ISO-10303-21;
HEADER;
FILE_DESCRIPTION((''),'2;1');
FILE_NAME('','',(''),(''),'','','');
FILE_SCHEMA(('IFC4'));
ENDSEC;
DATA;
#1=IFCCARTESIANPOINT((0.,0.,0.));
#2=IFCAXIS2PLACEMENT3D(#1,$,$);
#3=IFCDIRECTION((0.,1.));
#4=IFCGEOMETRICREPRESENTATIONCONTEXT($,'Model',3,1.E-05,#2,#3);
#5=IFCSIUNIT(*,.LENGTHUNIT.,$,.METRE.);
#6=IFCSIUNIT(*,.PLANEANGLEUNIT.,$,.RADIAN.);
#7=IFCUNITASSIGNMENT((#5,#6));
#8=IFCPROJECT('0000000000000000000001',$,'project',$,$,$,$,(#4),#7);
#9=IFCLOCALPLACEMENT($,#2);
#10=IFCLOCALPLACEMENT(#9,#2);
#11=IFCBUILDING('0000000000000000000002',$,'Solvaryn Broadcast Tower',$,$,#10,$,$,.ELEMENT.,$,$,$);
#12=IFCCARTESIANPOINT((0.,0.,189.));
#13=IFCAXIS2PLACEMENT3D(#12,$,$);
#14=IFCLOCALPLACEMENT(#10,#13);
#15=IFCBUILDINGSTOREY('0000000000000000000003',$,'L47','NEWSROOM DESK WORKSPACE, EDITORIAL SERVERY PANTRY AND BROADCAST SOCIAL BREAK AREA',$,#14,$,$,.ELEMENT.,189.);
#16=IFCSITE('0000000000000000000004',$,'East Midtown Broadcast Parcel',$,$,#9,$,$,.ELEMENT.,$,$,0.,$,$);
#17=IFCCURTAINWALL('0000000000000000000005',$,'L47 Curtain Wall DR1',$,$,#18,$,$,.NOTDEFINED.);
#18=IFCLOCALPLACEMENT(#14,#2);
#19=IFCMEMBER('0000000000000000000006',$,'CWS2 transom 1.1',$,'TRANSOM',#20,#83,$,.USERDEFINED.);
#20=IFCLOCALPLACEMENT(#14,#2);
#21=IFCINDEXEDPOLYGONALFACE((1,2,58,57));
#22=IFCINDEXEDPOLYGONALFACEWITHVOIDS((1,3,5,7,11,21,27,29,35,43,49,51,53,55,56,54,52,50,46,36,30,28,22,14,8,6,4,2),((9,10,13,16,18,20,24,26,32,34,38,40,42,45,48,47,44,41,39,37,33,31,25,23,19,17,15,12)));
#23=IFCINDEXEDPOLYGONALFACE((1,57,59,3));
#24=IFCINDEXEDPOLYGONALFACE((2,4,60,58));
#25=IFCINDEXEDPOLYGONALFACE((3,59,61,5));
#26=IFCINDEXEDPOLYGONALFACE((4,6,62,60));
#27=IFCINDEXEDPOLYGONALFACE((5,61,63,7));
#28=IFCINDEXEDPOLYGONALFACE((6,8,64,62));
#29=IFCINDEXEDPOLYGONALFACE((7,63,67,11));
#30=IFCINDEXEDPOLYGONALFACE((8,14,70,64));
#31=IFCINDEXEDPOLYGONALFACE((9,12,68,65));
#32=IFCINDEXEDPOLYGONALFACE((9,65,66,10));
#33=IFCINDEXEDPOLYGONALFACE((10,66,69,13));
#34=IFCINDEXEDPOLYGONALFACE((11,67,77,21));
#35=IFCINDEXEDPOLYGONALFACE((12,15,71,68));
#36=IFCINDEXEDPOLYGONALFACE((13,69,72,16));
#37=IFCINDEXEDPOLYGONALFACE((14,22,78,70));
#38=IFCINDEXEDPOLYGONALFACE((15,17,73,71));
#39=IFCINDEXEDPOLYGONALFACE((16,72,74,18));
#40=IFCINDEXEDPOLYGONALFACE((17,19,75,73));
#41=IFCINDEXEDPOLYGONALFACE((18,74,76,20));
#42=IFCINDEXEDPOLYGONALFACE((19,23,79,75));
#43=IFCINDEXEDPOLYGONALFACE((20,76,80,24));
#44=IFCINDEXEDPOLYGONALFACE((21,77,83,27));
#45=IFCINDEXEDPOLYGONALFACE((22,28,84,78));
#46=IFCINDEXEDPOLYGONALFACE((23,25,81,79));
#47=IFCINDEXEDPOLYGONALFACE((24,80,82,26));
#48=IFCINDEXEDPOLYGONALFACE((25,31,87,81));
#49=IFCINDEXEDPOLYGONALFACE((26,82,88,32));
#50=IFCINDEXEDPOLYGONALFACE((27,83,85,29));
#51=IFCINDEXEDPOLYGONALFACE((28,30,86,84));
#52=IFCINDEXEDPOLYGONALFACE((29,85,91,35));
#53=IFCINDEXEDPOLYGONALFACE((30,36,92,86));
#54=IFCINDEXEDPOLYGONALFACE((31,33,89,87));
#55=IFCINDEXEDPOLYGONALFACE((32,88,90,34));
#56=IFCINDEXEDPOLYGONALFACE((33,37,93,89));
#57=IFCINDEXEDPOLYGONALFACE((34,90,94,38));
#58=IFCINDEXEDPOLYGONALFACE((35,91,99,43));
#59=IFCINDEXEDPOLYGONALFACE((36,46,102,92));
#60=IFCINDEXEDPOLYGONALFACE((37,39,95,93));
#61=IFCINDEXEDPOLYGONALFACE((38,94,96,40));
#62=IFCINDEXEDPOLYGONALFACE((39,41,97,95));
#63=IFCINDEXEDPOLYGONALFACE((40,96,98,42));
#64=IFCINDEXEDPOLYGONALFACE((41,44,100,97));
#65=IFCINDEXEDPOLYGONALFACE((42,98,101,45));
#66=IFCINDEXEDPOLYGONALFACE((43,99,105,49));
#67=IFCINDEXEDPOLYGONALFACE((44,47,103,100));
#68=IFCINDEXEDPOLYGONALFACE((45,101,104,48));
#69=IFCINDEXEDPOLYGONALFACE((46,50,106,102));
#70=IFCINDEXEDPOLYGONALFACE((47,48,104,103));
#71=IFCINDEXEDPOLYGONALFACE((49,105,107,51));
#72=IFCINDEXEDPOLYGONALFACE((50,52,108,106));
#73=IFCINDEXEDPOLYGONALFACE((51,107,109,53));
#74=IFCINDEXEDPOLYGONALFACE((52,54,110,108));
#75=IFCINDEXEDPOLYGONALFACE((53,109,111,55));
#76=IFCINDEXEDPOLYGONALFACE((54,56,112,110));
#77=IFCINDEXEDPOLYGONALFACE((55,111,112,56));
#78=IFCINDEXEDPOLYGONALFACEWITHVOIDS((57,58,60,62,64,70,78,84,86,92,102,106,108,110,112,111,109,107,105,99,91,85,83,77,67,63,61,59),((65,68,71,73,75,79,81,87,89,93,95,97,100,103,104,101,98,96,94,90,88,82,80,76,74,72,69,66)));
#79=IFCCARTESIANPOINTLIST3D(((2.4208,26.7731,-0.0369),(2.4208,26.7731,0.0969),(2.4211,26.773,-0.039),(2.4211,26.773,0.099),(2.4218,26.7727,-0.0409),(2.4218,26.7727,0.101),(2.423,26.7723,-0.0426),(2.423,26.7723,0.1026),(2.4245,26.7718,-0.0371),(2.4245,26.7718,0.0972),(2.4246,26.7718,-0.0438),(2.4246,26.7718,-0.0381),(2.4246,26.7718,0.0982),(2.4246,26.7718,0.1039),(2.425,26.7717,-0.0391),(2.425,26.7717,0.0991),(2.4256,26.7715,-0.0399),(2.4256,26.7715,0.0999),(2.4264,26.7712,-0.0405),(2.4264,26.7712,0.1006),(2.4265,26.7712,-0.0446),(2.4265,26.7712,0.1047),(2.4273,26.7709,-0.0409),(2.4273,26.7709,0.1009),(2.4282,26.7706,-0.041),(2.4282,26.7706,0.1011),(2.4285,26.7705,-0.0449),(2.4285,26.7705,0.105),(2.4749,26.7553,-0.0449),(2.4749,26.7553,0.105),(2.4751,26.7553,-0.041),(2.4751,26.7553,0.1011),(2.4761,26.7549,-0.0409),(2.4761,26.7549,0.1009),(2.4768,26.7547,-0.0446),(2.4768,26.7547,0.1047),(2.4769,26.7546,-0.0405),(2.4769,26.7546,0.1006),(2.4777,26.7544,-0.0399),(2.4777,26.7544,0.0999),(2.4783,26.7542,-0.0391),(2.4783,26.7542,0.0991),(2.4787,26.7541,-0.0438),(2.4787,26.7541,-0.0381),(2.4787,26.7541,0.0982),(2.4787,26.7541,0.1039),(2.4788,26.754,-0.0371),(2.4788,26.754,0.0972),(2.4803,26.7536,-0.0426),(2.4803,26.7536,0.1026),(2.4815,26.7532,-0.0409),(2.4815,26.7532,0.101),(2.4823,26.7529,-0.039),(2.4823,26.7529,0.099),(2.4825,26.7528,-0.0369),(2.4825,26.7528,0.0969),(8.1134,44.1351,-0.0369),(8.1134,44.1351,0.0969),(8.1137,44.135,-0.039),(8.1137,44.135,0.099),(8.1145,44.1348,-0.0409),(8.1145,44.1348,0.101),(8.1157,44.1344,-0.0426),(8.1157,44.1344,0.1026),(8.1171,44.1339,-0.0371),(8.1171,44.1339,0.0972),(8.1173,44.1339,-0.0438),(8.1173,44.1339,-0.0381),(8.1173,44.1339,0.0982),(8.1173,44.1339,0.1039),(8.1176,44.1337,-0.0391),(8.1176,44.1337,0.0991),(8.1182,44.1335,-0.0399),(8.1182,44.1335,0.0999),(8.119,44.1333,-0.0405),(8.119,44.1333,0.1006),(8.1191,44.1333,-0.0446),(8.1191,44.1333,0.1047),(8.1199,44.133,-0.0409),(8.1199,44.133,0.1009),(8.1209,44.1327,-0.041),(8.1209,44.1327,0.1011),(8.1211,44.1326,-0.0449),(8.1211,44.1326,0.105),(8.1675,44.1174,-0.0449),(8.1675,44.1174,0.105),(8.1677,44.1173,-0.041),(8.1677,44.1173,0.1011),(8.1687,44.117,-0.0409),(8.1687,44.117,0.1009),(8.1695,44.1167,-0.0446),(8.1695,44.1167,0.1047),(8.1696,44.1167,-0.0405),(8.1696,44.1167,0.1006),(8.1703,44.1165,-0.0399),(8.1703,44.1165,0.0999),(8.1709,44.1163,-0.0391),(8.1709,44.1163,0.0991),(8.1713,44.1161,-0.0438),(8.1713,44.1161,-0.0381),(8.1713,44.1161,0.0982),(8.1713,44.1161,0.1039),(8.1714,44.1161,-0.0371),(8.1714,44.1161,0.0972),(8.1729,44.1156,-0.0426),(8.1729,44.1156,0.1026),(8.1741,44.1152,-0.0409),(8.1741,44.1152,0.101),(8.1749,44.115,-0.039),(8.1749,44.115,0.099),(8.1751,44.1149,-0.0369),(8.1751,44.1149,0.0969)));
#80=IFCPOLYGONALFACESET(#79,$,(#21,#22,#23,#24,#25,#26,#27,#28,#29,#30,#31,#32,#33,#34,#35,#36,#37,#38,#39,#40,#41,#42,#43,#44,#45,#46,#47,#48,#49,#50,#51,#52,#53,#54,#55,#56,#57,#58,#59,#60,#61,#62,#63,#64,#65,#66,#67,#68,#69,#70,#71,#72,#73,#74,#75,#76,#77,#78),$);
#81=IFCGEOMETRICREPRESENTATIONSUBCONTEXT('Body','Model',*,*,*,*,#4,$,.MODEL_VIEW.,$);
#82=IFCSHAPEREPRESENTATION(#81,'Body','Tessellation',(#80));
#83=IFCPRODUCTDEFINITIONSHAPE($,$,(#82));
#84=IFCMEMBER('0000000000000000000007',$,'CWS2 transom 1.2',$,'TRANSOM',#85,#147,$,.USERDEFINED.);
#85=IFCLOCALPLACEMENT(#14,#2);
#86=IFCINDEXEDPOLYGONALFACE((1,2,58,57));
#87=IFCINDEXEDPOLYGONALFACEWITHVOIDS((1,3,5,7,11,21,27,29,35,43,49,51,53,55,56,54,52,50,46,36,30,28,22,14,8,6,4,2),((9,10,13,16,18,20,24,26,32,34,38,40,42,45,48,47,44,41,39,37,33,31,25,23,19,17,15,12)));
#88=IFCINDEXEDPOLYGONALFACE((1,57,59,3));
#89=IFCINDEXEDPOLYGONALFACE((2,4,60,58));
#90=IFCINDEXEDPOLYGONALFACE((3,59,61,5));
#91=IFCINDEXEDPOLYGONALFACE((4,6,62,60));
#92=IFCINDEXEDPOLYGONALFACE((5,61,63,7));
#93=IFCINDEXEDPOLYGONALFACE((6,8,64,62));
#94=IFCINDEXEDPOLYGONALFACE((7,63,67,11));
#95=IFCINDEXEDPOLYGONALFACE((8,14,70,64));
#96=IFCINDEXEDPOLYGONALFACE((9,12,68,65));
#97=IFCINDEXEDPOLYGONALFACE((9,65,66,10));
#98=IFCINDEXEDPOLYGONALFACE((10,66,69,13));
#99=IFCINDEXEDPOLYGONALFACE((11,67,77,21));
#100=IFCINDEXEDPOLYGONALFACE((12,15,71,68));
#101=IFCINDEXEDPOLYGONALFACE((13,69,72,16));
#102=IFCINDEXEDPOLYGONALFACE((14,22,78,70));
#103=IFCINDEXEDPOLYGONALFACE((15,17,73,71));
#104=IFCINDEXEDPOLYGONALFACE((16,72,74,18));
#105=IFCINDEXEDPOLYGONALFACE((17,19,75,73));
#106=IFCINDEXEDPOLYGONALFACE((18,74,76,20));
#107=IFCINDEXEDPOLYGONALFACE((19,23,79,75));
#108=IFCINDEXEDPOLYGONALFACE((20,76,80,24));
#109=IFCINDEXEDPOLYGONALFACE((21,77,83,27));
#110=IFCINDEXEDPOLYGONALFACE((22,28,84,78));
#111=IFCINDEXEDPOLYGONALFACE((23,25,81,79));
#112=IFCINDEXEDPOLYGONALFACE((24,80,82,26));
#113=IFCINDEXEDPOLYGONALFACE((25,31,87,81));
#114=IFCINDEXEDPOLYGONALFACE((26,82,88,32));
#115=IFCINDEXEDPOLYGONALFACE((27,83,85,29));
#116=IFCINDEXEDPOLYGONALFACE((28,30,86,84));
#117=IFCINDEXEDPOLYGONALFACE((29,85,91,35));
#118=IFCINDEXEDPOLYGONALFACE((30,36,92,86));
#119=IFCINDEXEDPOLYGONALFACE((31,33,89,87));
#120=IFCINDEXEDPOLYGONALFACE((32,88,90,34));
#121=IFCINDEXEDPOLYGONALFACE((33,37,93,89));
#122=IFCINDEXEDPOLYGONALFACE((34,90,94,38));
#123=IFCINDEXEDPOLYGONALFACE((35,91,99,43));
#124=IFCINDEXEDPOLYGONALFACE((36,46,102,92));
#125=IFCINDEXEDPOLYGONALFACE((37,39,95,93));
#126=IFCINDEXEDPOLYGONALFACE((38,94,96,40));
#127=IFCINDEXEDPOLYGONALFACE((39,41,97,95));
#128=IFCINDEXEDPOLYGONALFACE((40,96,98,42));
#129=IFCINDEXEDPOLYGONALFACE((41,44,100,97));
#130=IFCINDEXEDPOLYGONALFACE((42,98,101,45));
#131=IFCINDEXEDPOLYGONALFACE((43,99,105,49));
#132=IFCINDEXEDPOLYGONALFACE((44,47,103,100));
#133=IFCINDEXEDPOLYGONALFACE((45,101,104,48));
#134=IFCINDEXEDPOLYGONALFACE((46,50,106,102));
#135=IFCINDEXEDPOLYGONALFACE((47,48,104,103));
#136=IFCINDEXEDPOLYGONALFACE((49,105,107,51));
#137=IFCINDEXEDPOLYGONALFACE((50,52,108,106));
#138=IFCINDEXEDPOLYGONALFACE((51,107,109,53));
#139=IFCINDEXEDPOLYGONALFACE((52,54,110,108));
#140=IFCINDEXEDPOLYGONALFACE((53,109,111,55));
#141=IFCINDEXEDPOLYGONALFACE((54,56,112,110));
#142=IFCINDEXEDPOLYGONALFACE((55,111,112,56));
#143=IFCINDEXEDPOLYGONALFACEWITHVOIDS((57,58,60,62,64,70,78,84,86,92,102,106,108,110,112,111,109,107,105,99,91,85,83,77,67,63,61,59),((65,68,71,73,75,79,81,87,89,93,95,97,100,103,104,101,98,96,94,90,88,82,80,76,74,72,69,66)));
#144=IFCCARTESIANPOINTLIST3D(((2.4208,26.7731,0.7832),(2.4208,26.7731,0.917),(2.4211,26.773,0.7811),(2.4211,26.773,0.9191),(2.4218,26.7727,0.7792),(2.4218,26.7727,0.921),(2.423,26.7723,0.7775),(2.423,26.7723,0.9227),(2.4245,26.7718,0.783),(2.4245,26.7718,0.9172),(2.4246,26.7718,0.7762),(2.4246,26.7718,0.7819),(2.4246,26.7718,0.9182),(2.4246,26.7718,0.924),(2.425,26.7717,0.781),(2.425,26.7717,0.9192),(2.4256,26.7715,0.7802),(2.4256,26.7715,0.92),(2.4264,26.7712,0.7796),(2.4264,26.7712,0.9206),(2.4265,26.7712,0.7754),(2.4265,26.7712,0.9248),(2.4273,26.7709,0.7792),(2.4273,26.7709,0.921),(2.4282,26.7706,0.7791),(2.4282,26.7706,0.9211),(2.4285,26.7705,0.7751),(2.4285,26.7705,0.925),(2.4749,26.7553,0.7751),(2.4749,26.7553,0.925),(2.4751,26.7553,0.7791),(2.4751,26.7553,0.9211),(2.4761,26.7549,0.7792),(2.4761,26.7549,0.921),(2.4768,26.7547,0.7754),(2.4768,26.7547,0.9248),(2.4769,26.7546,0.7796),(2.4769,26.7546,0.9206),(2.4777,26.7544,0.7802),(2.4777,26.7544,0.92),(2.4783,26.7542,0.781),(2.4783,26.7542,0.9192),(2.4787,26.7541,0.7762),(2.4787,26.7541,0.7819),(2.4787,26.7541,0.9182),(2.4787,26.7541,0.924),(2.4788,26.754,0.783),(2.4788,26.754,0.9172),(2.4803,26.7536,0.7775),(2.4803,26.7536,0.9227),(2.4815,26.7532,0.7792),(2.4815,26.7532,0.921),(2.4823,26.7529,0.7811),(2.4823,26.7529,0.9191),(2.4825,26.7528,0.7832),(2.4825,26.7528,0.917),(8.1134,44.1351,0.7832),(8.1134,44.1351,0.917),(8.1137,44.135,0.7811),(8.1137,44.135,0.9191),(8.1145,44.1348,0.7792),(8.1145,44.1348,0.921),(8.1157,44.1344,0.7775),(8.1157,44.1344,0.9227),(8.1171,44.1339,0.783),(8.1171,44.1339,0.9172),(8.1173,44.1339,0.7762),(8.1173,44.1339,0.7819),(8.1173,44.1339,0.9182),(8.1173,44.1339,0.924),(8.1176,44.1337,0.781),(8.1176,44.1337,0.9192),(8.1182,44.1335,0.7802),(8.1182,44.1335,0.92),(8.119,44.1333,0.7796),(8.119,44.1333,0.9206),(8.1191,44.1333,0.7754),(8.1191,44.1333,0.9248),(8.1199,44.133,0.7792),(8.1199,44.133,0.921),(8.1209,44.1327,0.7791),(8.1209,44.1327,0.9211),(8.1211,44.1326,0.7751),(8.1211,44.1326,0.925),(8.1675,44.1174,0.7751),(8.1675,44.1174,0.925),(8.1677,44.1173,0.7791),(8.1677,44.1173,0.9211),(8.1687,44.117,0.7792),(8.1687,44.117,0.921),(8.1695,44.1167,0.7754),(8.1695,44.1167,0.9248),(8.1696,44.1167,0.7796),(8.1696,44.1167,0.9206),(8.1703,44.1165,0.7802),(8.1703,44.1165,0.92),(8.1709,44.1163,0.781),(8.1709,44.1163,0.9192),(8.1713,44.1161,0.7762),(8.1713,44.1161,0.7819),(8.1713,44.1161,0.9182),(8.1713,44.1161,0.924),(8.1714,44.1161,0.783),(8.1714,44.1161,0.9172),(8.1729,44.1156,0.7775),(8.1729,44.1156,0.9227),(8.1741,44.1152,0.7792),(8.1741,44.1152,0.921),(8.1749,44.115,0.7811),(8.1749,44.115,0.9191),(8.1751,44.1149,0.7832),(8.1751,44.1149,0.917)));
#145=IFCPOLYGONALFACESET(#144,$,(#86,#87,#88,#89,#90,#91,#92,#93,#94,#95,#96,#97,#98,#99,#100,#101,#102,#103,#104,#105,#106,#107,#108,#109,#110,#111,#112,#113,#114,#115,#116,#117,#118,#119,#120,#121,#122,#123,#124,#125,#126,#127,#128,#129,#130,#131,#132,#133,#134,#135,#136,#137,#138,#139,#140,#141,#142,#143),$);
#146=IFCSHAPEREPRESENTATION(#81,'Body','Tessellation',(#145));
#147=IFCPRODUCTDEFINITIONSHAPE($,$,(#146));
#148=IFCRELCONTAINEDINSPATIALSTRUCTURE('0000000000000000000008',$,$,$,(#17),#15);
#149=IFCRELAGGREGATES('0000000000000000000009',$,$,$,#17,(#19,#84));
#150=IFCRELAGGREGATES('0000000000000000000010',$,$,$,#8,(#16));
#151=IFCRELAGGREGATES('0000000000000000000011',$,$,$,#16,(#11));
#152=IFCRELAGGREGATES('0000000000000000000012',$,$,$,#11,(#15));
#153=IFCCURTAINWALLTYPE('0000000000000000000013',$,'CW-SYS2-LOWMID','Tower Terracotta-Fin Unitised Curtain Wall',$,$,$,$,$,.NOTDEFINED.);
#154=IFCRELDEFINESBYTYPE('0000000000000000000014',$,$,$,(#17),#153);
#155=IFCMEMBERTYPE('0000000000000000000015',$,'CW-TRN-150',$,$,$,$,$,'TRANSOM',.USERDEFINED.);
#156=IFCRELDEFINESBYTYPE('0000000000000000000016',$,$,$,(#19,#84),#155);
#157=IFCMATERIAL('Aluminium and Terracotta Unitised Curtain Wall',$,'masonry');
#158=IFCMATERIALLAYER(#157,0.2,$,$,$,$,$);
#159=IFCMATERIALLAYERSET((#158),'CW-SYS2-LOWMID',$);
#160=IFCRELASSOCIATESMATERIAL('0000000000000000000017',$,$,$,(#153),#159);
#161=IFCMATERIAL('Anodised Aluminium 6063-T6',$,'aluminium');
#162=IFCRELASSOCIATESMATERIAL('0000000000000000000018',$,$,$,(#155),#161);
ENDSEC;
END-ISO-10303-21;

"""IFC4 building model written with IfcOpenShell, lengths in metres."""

from ifc_helpers import new_model, si_unit, direction, frame, origin, origin_2d, place, context, subcontext, project, spatial, hollow_rectangle, extrude, material, layer, layer_set, material_profile, profile_set, type_object, element, aggregate, save


model = new_model("IFC4")

# Units and contexts
model_context = context("Model", 3, precision=1e-05, world=origin(), true_north=direction((0.0, 1.0)))
body_context = subcontext(model_context, "Body", "Model", "MODEL_VIEW")
ifc_project = project(units=[si_unit("LENGTHUNIT", "METRE"), si_unit("PLANEANGLEUNIT", "RADIAN")], contexts=[model_context])

# Site, building, storey
site_placement = place(None, origin())
site = spatial("IfcSite", under=ifc_project, at=site_placement, Name="East Midtown Broadcast Parcel", CompositionType="ELEMENT", RefElevation=0.0)
building_placement = place(site_placement, origin())
building = spatial("IfcBuilding", under=site, at=building_placement, Name="Solvaryn Broadcast Tower", CompositionType="ELEMENT")
storey_placement = place(building_placement, frame((0.0, 0.0, 189.0)))
storey = spatial("IfcBuildingStorey", under=building, at=storey_placement, Name="L47", Description="NEWSROOM DESK WORKSPACE, EDITORIAL SERVERY PANTRY AND BROADCAST SOCIAL BREAK AREA", CompositionType="ELEMENT", Elevation=189.0)

# Curtain wall
ifc_material_1 = material(Name="Aluminium and Terracotta Unitised Curtain Wall", Category="masonry")
ifc_layer_1 = layer(ifc_material_1, 0.2)
ifc_layer_set_1 = layer_set([ifc_layer_1], Name="CW-SYS2-LOWMID")
curtain_wall_type = type_object("IfcCurtainWallType", Name="CW-SYS2-LOWMID", Description="Tower Terracotta-Fin Unitised Curtain Wall", PredefinedType="NOTDEFINED", material=ifc_layer_set_1)
curtain_wall_1_placement = place(storey_placement, origin())
curtain_wall_1 = element("IfcCurtainWall", 1, at=curtain_wall_1_placement, inside=storey, type_object=curtain_wall_type, Name="L47 Curtain Wall DR1", PredefinedType="NOTDEFINED")

# Members
ifc_material_2 = material(Name="Anodised Aluminium 6063-T6", Category="aluminium")
ifc_material_profile_1 = material_profile(ifc_material_2, hollow_rectangle(XDim=0.0649, YDim=0.1499, WallThickness=0.0039, InnerFilletRadius=0.0039, OuterFilletRadius=0.0081, at=origin_2d()))
ifc_profile_set_1 = profile_set([ifc_material_profile_1], Name="Anodised Aluminium 6063-T6")
member_type_1 = type_object("IfcMemberType", Name="CW-TRN-150", ElementType="TRANSOM", PredefinedType="USERDEFINED", material=ifc_profile_set_1)
member_1_placement = place(storey_placement, frame((8.1443, 44.125, 0.03), z_axis=(-0.311558, -0.950227, 0.0), x_axis=(0.950227, -0.311558, 0.0)))
member_1 = element("IfcMember", 2, at=member_1_placement, type_object=member_type_1, Name="CWS2 transom 1.1", ObjectType="TRANSOM", PredefinedType="USERDEFINED", context=body_context, shape_type="SweptSolid", body=[
    extrude(hollow_rectangle(XDim=0.0649, YDim=0.1499, WallThickness=0.0039, InnerFilletRadius=0.0039, OuterFilletRadius=0.0081, at=origin_2d()), origin(), (0.0, 0.0, 1.0), 18.2715),
])
member_2_placement = place(storey_placement, frame((8.1443, 44.125, 0.8501), z_axis=(-0.311558, -0.950227, 0.0), x_axis=(0.950227, -0.311558, 0.0)))
member_2 = element("IfcMember", 3, at=member_2_placement, type_object=member_type_1, Name="CWS2 transom 1.2", ObjectType="TRANSOM", PredefinedType="USERDEFINED", context=body_context, shape_type="SweptSolid", body=[
    extrude(hollow_rectangle(XDim=0.0649, YDim=0.1499, WallThickness=0.0039, InnerFilletRadius=0.0039, OuterFilletRadius=0.0081, at=origin_2d()), origin(), (0.0, 0.0, 1.0), 18.2715),
])
aggregate(curtain_wall_1, [member_1, member_2])

save(model, "model.ifc")
